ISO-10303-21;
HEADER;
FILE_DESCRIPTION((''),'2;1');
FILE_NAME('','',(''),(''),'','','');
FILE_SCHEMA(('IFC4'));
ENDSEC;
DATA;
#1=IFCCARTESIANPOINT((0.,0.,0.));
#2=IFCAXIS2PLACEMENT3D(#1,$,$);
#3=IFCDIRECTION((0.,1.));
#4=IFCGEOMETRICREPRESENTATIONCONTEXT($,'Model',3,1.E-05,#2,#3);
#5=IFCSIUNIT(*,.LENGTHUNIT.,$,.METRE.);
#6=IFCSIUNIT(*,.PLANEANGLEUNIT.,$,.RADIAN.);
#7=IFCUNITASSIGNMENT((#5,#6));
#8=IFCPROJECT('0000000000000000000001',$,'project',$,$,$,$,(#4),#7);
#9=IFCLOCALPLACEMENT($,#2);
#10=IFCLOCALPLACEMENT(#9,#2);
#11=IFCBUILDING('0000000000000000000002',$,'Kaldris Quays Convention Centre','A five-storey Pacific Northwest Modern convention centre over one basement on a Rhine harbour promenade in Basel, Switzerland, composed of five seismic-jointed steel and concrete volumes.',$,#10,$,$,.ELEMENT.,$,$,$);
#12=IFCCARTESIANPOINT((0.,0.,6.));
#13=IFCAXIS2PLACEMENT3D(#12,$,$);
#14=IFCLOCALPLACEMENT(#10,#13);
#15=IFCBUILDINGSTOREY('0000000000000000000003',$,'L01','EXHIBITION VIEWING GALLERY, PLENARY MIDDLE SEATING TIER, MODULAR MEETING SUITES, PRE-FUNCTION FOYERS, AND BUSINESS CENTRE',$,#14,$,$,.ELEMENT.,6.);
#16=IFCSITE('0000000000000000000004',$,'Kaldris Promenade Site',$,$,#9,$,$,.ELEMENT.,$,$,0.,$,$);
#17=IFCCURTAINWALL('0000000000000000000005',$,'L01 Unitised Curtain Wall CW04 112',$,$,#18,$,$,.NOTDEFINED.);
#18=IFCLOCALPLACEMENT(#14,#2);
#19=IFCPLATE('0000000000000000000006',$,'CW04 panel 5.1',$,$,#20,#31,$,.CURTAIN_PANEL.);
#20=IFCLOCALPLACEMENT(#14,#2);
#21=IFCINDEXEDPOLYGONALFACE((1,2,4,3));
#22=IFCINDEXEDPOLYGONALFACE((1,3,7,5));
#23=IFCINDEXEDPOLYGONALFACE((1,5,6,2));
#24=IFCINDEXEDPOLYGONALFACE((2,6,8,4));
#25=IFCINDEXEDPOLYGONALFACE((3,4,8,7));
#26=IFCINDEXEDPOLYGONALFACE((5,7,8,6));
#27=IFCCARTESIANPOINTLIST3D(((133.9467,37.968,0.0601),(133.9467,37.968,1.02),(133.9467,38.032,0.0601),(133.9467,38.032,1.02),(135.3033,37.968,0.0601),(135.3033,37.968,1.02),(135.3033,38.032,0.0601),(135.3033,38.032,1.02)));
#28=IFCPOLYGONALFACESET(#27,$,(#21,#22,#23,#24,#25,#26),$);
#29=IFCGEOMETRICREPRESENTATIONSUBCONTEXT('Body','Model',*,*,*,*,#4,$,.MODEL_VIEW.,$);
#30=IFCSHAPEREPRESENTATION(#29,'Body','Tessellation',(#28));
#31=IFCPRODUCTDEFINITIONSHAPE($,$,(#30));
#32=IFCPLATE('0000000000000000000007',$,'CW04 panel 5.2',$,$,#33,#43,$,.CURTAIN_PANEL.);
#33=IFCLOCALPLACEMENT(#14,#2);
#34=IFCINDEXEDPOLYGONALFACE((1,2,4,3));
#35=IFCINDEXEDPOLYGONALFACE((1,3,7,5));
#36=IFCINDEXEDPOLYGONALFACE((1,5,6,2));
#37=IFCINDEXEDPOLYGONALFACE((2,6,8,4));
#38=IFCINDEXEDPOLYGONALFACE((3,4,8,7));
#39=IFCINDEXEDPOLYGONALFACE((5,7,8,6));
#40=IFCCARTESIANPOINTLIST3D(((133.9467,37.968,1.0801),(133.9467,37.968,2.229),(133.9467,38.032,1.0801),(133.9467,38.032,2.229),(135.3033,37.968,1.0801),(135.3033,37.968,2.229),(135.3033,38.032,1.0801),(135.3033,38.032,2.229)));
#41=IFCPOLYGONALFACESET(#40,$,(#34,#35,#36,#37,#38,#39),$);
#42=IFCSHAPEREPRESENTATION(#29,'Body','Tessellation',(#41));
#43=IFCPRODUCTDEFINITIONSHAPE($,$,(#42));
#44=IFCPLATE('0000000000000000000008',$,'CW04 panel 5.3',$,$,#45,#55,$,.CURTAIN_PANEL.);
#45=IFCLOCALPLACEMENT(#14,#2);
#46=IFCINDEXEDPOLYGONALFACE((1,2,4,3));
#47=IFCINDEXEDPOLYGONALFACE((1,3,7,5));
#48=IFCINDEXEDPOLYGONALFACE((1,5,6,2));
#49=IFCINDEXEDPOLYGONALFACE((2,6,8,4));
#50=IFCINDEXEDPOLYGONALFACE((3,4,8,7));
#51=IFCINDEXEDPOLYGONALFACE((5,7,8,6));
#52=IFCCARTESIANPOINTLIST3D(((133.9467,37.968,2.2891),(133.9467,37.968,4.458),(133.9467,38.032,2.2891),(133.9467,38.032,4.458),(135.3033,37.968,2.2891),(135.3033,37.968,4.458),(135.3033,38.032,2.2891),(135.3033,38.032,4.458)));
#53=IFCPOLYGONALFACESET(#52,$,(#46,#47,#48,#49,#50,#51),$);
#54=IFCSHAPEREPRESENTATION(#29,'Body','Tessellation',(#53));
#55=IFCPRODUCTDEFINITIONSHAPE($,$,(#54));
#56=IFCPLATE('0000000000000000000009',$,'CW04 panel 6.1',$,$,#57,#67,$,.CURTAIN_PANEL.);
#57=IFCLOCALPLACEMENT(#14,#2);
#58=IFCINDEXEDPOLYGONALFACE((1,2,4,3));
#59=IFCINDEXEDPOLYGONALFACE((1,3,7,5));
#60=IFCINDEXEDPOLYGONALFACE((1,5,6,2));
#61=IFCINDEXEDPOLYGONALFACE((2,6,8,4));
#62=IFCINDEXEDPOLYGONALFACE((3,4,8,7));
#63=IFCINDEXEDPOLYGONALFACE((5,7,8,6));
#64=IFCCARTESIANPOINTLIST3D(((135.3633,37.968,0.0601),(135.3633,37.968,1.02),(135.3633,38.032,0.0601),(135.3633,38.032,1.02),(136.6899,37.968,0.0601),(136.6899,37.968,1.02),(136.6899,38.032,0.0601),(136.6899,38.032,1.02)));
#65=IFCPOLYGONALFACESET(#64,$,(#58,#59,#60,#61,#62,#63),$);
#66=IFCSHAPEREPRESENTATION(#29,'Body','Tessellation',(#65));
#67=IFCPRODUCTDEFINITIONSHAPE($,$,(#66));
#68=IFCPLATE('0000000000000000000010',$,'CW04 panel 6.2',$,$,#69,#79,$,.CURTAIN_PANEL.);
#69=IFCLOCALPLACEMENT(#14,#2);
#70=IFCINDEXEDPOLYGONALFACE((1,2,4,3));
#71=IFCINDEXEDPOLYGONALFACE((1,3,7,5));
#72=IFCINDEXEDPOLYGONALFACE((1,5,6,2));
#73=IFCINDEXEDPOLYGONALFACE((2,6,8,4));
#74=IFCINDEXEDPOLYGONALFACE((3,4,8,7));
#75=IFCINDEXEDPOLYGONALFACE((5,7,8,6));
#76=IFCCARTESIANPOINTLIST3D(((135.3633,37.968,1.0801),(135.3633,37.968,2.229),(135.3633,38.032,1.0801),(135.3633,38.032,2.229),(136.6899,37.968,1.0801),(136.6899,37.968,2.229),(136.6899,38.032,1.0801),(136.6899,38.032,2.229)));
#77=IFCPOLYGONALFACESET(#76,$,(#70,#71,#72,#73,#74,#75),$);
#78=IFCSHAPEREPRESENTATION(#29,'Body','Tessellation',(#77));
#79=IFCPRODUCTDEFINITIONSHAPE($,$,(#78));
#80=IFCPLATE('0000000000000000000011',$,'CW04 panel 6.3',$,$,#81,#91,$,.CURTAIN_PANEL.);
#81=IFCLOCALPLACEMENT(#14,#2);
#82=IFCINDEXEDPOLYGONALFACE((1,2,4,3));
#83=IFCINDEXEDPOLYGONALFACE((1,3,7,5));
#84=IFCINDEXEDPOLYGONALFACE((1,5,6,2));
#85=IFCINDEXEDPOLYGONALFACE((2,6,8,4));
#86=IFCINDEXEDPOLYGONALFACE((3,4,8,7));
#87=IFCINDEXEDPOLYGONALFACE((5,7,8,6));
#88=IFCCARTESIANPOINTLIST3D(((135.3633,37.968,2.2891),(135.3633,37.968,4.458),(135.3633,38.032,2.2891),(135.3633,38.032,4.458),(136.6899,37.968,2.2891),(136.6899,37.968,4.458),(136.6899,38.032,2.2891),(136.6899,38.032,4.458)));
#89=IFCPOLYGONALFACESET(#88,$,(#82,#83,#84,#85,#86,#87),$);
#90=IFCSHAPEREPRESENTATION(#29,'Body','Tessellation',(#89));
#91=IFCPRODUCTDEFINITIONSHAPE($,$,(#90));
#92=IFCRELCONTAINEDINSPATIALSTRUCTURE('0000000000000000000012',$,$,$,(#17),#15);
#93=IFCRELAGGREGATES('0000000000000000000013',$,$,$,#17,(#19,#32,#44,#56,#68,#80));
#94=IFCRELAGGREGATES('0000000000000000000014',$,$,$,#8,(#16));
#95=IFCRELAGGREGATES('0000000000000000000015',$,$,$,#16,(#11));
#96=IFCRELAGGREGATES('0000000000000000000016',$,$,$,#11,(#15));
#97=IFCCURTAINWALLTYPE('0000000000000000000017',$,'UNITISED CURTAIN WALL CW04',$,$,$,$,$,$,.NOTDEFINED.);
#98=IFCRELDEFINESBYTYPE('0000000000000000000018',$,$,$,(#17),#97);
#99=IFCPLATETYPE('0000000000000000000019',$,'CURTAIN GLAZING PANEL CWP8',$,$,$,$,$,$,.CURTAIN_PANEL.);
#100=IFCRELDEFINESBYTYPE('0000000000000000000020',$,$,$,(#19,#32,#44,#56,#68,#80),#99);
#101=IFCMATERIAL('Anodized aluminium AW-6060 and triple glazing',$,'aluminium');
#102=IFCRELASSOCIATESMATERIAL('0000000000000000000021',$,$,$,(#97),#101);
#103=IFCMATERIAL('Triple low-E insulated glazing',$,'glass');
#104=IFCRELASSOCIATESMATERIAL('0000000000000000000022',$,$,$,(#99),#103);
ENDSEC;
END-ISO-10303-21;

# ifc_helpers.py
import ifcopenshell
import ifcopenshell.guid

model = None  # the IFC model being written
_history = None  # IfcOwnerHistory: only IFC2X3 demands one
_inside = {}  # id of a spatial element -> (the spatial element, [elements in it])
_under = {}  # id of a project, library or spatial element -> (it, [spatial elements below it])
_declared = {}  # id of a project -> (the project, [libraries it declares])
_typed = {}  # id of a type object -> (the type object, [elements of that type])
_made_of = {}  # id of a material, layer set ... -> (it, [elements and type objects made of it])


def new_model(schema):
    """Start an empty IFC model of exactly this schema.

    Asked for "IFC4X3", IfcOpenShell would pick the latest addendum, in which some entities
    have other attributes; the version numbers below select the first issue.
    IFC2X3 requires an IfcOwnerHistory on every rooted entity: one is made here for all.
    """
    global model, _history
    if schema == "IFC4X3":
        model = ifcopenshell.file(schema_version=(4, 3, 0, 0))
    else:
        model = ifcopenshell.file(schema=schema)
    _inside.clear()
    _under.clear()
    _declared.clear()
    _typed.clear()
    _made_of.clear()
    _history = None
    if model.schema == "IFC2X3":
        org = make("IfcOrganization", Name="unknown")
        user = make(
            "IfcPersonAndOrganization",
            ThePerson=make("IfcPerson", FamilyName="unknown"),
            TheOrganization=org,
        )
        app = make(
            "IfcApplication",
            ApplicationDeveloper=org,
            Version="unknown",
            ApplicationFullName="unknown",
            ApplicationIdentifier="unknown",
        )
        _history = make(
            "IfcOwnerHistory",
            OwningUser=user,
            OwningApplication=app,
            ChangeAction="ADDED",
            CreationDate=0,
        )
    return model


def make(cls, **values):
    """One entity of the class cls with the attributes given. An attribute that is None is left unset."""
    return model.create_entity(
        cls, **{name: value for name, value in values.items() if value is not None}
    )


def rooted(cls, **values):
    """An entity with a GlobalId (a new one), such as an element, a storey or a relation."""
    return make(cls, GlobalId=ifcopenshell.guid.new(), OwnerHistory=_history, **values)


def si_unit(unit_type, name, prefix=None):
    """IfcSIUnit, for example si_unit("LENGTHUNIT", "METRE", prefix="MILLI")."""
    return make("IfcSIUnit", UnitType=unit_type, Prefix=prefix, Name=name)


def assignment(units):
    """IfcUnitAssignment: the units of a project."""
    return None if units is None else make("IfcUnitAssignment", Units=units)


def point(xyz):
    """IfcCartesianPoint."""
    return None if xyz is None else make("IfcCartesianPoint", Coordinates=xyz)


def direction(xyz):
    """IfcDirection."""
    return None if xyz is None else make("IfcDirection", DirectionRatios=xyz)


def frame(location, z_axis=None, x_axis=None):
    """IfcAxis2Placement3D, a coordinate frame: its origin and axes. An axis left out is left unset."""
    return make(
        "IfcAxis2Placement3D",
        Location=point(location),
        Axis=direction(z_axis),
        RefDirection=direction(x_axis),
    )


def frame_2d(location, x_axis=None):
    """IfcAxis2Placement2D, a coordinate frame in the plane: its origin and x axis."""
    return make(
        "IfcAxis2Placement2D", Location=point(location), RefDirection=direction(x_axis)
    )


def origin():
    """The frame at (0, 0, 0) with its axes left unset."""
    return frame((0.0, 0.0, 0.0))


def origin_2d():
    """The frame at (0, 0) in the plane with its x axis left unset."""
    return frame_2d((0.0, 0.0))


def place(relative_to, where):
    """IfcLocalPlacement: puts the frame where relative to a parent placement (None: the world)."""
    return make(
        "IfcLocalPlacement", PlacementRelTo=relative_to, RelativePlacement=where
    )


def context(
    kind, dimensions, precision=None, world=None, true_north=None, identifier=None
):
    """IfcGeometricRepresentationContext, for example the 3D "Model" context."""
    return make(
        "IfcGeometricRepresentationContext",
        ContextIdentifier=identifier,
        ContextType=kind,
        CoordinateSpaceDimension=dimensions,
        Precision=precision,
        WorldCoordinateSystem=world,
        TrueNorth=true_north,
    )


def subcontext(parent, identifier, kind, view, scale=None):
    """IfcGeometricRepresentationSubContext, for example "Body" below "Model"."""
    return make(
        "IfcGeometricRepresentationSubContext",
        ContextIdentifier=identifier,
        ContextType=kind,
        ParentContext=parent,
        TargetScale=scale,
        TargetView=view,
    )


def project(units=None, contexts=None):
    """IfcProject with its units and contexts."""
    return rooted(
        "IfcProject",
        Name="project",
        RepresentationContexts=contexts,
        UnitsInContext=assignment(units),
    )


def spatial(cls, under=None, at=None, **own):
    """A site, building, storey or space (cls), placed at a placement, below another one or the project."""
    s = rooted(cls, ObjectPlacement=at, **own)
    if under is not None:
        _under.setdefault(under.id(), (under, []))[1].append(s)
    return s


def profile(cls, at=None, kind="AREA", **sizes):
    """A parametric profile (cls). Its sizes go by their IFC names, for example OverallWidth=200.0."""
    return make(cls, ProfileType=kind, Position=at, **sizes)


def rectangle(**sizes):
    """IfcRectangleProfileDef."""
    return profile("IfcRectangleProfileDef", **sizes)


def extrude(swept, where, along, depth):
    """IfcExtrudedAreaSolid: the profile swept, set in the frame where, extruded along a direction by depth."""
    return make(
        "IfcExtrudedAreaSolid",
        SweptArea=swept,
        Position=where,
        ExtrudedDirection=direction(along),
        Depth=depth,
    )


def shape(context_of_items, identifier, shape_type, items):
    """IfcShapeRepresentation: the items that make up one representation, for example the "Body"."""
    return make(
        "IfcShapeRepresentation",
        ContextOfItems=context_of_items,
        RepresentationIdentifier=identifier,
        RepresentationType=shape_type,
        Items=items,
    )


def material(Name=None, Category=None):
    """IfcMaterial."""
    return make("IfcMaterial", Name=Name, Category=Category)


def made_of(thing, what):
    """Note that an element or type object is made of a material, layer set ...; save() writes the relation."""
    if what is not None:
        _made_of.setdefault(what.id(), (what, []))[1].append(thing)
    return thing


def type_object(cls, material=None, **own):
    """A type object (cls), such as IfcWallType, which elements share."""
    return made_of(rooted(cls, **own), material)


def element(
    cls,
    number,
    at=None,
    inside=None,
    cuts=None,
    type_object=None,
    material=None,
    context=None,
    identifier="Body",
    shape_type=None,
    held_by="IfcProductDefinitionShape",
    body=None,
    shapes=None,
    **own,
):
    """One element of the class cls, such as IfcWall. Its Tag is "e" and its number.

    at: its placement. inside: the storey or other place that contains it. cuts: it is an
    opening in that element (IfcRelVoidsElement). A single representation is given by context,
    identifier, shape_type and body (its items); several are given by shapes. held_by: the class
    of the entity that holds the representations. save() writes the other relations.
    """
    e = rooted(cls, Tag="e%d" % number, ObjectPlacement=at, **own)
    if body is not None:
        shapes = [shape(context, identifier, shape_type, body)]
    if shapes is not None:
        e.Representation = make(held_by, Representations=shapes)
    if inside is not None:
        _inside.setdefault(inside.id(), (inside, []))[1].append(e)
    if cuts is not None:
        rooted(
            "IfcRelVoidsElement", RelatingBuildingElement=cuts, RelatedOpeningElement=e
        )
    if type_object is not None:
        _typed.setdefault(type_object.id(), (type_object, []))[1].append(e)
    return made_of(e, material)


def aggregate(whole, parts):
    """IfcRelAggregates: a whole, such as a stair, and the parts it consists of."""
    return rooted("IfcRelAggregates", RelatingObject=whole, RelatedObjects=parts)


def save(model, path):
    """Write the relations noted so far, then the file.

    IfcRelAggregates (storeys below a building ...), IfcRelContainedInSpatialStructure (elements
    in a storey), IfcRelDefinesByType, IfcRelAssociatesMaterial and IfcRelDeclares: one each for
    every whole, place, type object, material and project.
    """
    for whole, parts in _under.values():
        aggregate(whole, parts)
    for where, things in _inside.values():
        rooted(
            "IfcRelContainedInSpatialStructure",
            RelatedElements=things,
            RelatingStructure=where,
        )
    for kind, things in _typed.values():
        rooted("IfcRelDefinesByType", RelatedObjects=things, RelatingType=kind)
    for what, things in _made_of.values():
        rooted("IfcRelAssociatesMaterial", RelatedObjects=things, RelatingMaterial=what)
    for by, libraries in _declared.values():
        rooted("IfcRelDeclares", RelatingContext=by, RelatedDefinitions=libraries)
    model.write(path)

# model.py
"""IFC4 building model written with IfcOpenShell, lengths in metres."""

from ifc_helpers import new_model, si_unit, direction, frame, origin, origin_2d, place, context, subcontext, project, spatial, rectangle, extrude, material, type_object, element, aggregate, save


model = new_model("IFC4")

# Units and contexts
model_context = context("Model", 3, precision=1e-05, world=origin(), true_north=direction((0.0, 1.0)))
body_context = subcontext(model_context, "Body", "Model", "MODEL_VIEW")
ifc_project = project(units=[si_unit("LENGTHUNIT", "METRE"), si_unit("PLANEANGLEUNIT", "RADIAN")], contexts=[model_context])

# Site, building, storey
site_placement = place(None, origin())
site = spatial("IfcSite", under=ifc_project, at=site_placement, Name="Kaldris Promenade Site", CompositionType="ELEMENT", RefElevation=0.0)
building_placement = place(site_placement, origin())
building = spatial("IfcBuilding", under=site, at=building_placement, Name="Kaldris Quays Convention Centre", Description="A five-storey Pacific Northwest Modern convention centre over one basement on a Rhine harbour promenade in Basel, Switzerland, composed of five seismic-jointed steel and concrete volumes.", CompositionType="ELEMENT")
storey_placement = place(building_placement, frame((0.0, 0.0, 6.0)))
storey = spatial("IfcBuildingStorey", under=building, at=storey_placement, Name="L01", Description="EXHIBITION VIEWING GALLERY, PLENARY MIDDLE SEATING TIER, MODULAR MEETING SUITES, PRE-FUNCTION FOYERS, AND BUSINESS CENTRE", CompositionType="ELEMENT", Elevation=6.0)

# Curtain wall
ifc_material_1 = material(Name="Anodized aluminium AW-6060 and triple glazing", Category="aluminium")
curtain_wall_type = type_object("IfcCurtainWallType", Name="UNITISED CURTAIN WALL CW04", PredefinedType="NOTDEFINED", material=ifc_material_1)
curtain_wall_1_placement = place(storey_placement, origin())
curtain_wall_1 = element("IfcCurtainWall", 1, at=curtain_wall_1_placement, inside=storey, type_object=curtain_wall_type, Name="L01 Unitised Curtain Wall CW04 112", PredefinedType="NOTDEFINED")

# Plates
ifc_material_2 = material(Name="Triple low-E insulated glazing", Category="glass")
plate_type = type_object("IfcPlateType", Name="CURTAIN GLAZING PANEL CWP8", PredefinedType="CURTAIN_PANEL", material=ifc_material_2)
plate_1_placement = place(storey_placement, frame((134.625, 38.0, 0.0601), z_axis=(0.0, 0.0, 1.0), x_axis=(1.0, 0.0, 0.0)))
plate_1 = element("IfcPlate", 2, at=plate_1_placement, type_object=plate_type, Name="CW04 panel 5.1", PredefinedType="CURTAIN_PANEL", context=body_context, shape_type="SweptSolid", body=[
    extrude(rectangle(XDim=1.3567, YDim=0.064, at=origin_2d()), origin(), (0.0, 0.0, 1.0), 0.96),
])
plate_2_placement = place(storey_placement, frame((134.625, 38.0, 1.0801), z_axis=(0.0, 0.0, 1.0), x_axis=(1.0, 0.0, 0.0)))
plate_2 = element("IfcPlate", 3, at=plate_2_placement, type_object=plate_type, Name="CW04 panel 5.2", PredefinedType="CURTAIN_PANEL", context=body_context, shape_type="SweptSolid", body=[
    extrude(rectangle(XDim=1.3567, YDim=0.064, at=origin_2d()), origin(), (0.0, 0.0, 1.0), 1.1489),
])
plate_3_placement = place(storey_placement, frame((134.625, 38.0, 2.2891), z_axis=(0.0, 0.0, 1.0), x_axis=(1.0, 0.0, 0.0)))
plate_3 = element("IfcPlate", 4, at=plate_3_placement, type_object=plate_type, Name="CW04 panel 5.3", PredefinedType="CURTAIN_PANEL", context=body_context, shape_type="SweptSolid", body=[
    extrude(rectangle(XDim=1.3567, YDim=0.064, at=origin_2d()), origin(), (0.0, 0.0, 1.0), 2.1689),
])
plate_4_placement = place(storey_placement, frame((136.0266, 38.0, 0.0601), z_axis=(0.0, 0.0, 1.0), x_axis=(1.0, 0.0, 0.0)))
plate_4 = element("IfcPlate", 5, at=plate_4_placement, type_object=plate_type, Name="CW04 panel 6.1", PredefinedType="CURTAIN_PANEL", context=body_context, shape_type="SweptSolid", body=[
    extrude(rectangle(XDim=1.3267, YDim=0.064, at=origin_2d()), origin(), (0.0, 0.0, 1.0), 0.96),
])
plate_5_placement = place(storey_placement, frame((136.0266, 38.0, 1.0801), z_axis=(0.0, 0.0, 1.0), x_axis=(1.0, 0.0, 0.0)))
plate_5 = element("IfcPlate", 6, at=plate_5_placement, type_object=plate_type, Name="CW04 panel 6.2", PredefinedType="CURTAIN_PANEL", context=body_context, shape_type="SweptSolid", body=[
    extrude(rectangle(XDim=1.3267, YDim=0.064, at=origin_2d()), origin(), (0.0, 0.0, 1.0), 1.1489),
])
plate_6_placement = place(storey_placement, frame((136.0266, 38.0, 2.2891), z_axis=(0.0, 0.0, 1.0), x_axis=(1.0, 0.0, 0.0)))
plate_6 = element("IfcPlate", 7, at=plate_6_placement, type_object=plate_type, Name="CW04 panel 6.3", PredefinedType="CURTAIN_PANEL", context=body_context, shape_type="SweptSolid", body=[
    extrude(rectangle(XDim=1.3267, YDim=0.064, at=origin_2d()), origin(), (0.0, 0.0, 1.0), 2.1689),
])
aggregate(curtain_wall_1, [plate_1, plate_2, plate_3, plate_4, plate_5, plate_6])

save(model, "model.ifc")
